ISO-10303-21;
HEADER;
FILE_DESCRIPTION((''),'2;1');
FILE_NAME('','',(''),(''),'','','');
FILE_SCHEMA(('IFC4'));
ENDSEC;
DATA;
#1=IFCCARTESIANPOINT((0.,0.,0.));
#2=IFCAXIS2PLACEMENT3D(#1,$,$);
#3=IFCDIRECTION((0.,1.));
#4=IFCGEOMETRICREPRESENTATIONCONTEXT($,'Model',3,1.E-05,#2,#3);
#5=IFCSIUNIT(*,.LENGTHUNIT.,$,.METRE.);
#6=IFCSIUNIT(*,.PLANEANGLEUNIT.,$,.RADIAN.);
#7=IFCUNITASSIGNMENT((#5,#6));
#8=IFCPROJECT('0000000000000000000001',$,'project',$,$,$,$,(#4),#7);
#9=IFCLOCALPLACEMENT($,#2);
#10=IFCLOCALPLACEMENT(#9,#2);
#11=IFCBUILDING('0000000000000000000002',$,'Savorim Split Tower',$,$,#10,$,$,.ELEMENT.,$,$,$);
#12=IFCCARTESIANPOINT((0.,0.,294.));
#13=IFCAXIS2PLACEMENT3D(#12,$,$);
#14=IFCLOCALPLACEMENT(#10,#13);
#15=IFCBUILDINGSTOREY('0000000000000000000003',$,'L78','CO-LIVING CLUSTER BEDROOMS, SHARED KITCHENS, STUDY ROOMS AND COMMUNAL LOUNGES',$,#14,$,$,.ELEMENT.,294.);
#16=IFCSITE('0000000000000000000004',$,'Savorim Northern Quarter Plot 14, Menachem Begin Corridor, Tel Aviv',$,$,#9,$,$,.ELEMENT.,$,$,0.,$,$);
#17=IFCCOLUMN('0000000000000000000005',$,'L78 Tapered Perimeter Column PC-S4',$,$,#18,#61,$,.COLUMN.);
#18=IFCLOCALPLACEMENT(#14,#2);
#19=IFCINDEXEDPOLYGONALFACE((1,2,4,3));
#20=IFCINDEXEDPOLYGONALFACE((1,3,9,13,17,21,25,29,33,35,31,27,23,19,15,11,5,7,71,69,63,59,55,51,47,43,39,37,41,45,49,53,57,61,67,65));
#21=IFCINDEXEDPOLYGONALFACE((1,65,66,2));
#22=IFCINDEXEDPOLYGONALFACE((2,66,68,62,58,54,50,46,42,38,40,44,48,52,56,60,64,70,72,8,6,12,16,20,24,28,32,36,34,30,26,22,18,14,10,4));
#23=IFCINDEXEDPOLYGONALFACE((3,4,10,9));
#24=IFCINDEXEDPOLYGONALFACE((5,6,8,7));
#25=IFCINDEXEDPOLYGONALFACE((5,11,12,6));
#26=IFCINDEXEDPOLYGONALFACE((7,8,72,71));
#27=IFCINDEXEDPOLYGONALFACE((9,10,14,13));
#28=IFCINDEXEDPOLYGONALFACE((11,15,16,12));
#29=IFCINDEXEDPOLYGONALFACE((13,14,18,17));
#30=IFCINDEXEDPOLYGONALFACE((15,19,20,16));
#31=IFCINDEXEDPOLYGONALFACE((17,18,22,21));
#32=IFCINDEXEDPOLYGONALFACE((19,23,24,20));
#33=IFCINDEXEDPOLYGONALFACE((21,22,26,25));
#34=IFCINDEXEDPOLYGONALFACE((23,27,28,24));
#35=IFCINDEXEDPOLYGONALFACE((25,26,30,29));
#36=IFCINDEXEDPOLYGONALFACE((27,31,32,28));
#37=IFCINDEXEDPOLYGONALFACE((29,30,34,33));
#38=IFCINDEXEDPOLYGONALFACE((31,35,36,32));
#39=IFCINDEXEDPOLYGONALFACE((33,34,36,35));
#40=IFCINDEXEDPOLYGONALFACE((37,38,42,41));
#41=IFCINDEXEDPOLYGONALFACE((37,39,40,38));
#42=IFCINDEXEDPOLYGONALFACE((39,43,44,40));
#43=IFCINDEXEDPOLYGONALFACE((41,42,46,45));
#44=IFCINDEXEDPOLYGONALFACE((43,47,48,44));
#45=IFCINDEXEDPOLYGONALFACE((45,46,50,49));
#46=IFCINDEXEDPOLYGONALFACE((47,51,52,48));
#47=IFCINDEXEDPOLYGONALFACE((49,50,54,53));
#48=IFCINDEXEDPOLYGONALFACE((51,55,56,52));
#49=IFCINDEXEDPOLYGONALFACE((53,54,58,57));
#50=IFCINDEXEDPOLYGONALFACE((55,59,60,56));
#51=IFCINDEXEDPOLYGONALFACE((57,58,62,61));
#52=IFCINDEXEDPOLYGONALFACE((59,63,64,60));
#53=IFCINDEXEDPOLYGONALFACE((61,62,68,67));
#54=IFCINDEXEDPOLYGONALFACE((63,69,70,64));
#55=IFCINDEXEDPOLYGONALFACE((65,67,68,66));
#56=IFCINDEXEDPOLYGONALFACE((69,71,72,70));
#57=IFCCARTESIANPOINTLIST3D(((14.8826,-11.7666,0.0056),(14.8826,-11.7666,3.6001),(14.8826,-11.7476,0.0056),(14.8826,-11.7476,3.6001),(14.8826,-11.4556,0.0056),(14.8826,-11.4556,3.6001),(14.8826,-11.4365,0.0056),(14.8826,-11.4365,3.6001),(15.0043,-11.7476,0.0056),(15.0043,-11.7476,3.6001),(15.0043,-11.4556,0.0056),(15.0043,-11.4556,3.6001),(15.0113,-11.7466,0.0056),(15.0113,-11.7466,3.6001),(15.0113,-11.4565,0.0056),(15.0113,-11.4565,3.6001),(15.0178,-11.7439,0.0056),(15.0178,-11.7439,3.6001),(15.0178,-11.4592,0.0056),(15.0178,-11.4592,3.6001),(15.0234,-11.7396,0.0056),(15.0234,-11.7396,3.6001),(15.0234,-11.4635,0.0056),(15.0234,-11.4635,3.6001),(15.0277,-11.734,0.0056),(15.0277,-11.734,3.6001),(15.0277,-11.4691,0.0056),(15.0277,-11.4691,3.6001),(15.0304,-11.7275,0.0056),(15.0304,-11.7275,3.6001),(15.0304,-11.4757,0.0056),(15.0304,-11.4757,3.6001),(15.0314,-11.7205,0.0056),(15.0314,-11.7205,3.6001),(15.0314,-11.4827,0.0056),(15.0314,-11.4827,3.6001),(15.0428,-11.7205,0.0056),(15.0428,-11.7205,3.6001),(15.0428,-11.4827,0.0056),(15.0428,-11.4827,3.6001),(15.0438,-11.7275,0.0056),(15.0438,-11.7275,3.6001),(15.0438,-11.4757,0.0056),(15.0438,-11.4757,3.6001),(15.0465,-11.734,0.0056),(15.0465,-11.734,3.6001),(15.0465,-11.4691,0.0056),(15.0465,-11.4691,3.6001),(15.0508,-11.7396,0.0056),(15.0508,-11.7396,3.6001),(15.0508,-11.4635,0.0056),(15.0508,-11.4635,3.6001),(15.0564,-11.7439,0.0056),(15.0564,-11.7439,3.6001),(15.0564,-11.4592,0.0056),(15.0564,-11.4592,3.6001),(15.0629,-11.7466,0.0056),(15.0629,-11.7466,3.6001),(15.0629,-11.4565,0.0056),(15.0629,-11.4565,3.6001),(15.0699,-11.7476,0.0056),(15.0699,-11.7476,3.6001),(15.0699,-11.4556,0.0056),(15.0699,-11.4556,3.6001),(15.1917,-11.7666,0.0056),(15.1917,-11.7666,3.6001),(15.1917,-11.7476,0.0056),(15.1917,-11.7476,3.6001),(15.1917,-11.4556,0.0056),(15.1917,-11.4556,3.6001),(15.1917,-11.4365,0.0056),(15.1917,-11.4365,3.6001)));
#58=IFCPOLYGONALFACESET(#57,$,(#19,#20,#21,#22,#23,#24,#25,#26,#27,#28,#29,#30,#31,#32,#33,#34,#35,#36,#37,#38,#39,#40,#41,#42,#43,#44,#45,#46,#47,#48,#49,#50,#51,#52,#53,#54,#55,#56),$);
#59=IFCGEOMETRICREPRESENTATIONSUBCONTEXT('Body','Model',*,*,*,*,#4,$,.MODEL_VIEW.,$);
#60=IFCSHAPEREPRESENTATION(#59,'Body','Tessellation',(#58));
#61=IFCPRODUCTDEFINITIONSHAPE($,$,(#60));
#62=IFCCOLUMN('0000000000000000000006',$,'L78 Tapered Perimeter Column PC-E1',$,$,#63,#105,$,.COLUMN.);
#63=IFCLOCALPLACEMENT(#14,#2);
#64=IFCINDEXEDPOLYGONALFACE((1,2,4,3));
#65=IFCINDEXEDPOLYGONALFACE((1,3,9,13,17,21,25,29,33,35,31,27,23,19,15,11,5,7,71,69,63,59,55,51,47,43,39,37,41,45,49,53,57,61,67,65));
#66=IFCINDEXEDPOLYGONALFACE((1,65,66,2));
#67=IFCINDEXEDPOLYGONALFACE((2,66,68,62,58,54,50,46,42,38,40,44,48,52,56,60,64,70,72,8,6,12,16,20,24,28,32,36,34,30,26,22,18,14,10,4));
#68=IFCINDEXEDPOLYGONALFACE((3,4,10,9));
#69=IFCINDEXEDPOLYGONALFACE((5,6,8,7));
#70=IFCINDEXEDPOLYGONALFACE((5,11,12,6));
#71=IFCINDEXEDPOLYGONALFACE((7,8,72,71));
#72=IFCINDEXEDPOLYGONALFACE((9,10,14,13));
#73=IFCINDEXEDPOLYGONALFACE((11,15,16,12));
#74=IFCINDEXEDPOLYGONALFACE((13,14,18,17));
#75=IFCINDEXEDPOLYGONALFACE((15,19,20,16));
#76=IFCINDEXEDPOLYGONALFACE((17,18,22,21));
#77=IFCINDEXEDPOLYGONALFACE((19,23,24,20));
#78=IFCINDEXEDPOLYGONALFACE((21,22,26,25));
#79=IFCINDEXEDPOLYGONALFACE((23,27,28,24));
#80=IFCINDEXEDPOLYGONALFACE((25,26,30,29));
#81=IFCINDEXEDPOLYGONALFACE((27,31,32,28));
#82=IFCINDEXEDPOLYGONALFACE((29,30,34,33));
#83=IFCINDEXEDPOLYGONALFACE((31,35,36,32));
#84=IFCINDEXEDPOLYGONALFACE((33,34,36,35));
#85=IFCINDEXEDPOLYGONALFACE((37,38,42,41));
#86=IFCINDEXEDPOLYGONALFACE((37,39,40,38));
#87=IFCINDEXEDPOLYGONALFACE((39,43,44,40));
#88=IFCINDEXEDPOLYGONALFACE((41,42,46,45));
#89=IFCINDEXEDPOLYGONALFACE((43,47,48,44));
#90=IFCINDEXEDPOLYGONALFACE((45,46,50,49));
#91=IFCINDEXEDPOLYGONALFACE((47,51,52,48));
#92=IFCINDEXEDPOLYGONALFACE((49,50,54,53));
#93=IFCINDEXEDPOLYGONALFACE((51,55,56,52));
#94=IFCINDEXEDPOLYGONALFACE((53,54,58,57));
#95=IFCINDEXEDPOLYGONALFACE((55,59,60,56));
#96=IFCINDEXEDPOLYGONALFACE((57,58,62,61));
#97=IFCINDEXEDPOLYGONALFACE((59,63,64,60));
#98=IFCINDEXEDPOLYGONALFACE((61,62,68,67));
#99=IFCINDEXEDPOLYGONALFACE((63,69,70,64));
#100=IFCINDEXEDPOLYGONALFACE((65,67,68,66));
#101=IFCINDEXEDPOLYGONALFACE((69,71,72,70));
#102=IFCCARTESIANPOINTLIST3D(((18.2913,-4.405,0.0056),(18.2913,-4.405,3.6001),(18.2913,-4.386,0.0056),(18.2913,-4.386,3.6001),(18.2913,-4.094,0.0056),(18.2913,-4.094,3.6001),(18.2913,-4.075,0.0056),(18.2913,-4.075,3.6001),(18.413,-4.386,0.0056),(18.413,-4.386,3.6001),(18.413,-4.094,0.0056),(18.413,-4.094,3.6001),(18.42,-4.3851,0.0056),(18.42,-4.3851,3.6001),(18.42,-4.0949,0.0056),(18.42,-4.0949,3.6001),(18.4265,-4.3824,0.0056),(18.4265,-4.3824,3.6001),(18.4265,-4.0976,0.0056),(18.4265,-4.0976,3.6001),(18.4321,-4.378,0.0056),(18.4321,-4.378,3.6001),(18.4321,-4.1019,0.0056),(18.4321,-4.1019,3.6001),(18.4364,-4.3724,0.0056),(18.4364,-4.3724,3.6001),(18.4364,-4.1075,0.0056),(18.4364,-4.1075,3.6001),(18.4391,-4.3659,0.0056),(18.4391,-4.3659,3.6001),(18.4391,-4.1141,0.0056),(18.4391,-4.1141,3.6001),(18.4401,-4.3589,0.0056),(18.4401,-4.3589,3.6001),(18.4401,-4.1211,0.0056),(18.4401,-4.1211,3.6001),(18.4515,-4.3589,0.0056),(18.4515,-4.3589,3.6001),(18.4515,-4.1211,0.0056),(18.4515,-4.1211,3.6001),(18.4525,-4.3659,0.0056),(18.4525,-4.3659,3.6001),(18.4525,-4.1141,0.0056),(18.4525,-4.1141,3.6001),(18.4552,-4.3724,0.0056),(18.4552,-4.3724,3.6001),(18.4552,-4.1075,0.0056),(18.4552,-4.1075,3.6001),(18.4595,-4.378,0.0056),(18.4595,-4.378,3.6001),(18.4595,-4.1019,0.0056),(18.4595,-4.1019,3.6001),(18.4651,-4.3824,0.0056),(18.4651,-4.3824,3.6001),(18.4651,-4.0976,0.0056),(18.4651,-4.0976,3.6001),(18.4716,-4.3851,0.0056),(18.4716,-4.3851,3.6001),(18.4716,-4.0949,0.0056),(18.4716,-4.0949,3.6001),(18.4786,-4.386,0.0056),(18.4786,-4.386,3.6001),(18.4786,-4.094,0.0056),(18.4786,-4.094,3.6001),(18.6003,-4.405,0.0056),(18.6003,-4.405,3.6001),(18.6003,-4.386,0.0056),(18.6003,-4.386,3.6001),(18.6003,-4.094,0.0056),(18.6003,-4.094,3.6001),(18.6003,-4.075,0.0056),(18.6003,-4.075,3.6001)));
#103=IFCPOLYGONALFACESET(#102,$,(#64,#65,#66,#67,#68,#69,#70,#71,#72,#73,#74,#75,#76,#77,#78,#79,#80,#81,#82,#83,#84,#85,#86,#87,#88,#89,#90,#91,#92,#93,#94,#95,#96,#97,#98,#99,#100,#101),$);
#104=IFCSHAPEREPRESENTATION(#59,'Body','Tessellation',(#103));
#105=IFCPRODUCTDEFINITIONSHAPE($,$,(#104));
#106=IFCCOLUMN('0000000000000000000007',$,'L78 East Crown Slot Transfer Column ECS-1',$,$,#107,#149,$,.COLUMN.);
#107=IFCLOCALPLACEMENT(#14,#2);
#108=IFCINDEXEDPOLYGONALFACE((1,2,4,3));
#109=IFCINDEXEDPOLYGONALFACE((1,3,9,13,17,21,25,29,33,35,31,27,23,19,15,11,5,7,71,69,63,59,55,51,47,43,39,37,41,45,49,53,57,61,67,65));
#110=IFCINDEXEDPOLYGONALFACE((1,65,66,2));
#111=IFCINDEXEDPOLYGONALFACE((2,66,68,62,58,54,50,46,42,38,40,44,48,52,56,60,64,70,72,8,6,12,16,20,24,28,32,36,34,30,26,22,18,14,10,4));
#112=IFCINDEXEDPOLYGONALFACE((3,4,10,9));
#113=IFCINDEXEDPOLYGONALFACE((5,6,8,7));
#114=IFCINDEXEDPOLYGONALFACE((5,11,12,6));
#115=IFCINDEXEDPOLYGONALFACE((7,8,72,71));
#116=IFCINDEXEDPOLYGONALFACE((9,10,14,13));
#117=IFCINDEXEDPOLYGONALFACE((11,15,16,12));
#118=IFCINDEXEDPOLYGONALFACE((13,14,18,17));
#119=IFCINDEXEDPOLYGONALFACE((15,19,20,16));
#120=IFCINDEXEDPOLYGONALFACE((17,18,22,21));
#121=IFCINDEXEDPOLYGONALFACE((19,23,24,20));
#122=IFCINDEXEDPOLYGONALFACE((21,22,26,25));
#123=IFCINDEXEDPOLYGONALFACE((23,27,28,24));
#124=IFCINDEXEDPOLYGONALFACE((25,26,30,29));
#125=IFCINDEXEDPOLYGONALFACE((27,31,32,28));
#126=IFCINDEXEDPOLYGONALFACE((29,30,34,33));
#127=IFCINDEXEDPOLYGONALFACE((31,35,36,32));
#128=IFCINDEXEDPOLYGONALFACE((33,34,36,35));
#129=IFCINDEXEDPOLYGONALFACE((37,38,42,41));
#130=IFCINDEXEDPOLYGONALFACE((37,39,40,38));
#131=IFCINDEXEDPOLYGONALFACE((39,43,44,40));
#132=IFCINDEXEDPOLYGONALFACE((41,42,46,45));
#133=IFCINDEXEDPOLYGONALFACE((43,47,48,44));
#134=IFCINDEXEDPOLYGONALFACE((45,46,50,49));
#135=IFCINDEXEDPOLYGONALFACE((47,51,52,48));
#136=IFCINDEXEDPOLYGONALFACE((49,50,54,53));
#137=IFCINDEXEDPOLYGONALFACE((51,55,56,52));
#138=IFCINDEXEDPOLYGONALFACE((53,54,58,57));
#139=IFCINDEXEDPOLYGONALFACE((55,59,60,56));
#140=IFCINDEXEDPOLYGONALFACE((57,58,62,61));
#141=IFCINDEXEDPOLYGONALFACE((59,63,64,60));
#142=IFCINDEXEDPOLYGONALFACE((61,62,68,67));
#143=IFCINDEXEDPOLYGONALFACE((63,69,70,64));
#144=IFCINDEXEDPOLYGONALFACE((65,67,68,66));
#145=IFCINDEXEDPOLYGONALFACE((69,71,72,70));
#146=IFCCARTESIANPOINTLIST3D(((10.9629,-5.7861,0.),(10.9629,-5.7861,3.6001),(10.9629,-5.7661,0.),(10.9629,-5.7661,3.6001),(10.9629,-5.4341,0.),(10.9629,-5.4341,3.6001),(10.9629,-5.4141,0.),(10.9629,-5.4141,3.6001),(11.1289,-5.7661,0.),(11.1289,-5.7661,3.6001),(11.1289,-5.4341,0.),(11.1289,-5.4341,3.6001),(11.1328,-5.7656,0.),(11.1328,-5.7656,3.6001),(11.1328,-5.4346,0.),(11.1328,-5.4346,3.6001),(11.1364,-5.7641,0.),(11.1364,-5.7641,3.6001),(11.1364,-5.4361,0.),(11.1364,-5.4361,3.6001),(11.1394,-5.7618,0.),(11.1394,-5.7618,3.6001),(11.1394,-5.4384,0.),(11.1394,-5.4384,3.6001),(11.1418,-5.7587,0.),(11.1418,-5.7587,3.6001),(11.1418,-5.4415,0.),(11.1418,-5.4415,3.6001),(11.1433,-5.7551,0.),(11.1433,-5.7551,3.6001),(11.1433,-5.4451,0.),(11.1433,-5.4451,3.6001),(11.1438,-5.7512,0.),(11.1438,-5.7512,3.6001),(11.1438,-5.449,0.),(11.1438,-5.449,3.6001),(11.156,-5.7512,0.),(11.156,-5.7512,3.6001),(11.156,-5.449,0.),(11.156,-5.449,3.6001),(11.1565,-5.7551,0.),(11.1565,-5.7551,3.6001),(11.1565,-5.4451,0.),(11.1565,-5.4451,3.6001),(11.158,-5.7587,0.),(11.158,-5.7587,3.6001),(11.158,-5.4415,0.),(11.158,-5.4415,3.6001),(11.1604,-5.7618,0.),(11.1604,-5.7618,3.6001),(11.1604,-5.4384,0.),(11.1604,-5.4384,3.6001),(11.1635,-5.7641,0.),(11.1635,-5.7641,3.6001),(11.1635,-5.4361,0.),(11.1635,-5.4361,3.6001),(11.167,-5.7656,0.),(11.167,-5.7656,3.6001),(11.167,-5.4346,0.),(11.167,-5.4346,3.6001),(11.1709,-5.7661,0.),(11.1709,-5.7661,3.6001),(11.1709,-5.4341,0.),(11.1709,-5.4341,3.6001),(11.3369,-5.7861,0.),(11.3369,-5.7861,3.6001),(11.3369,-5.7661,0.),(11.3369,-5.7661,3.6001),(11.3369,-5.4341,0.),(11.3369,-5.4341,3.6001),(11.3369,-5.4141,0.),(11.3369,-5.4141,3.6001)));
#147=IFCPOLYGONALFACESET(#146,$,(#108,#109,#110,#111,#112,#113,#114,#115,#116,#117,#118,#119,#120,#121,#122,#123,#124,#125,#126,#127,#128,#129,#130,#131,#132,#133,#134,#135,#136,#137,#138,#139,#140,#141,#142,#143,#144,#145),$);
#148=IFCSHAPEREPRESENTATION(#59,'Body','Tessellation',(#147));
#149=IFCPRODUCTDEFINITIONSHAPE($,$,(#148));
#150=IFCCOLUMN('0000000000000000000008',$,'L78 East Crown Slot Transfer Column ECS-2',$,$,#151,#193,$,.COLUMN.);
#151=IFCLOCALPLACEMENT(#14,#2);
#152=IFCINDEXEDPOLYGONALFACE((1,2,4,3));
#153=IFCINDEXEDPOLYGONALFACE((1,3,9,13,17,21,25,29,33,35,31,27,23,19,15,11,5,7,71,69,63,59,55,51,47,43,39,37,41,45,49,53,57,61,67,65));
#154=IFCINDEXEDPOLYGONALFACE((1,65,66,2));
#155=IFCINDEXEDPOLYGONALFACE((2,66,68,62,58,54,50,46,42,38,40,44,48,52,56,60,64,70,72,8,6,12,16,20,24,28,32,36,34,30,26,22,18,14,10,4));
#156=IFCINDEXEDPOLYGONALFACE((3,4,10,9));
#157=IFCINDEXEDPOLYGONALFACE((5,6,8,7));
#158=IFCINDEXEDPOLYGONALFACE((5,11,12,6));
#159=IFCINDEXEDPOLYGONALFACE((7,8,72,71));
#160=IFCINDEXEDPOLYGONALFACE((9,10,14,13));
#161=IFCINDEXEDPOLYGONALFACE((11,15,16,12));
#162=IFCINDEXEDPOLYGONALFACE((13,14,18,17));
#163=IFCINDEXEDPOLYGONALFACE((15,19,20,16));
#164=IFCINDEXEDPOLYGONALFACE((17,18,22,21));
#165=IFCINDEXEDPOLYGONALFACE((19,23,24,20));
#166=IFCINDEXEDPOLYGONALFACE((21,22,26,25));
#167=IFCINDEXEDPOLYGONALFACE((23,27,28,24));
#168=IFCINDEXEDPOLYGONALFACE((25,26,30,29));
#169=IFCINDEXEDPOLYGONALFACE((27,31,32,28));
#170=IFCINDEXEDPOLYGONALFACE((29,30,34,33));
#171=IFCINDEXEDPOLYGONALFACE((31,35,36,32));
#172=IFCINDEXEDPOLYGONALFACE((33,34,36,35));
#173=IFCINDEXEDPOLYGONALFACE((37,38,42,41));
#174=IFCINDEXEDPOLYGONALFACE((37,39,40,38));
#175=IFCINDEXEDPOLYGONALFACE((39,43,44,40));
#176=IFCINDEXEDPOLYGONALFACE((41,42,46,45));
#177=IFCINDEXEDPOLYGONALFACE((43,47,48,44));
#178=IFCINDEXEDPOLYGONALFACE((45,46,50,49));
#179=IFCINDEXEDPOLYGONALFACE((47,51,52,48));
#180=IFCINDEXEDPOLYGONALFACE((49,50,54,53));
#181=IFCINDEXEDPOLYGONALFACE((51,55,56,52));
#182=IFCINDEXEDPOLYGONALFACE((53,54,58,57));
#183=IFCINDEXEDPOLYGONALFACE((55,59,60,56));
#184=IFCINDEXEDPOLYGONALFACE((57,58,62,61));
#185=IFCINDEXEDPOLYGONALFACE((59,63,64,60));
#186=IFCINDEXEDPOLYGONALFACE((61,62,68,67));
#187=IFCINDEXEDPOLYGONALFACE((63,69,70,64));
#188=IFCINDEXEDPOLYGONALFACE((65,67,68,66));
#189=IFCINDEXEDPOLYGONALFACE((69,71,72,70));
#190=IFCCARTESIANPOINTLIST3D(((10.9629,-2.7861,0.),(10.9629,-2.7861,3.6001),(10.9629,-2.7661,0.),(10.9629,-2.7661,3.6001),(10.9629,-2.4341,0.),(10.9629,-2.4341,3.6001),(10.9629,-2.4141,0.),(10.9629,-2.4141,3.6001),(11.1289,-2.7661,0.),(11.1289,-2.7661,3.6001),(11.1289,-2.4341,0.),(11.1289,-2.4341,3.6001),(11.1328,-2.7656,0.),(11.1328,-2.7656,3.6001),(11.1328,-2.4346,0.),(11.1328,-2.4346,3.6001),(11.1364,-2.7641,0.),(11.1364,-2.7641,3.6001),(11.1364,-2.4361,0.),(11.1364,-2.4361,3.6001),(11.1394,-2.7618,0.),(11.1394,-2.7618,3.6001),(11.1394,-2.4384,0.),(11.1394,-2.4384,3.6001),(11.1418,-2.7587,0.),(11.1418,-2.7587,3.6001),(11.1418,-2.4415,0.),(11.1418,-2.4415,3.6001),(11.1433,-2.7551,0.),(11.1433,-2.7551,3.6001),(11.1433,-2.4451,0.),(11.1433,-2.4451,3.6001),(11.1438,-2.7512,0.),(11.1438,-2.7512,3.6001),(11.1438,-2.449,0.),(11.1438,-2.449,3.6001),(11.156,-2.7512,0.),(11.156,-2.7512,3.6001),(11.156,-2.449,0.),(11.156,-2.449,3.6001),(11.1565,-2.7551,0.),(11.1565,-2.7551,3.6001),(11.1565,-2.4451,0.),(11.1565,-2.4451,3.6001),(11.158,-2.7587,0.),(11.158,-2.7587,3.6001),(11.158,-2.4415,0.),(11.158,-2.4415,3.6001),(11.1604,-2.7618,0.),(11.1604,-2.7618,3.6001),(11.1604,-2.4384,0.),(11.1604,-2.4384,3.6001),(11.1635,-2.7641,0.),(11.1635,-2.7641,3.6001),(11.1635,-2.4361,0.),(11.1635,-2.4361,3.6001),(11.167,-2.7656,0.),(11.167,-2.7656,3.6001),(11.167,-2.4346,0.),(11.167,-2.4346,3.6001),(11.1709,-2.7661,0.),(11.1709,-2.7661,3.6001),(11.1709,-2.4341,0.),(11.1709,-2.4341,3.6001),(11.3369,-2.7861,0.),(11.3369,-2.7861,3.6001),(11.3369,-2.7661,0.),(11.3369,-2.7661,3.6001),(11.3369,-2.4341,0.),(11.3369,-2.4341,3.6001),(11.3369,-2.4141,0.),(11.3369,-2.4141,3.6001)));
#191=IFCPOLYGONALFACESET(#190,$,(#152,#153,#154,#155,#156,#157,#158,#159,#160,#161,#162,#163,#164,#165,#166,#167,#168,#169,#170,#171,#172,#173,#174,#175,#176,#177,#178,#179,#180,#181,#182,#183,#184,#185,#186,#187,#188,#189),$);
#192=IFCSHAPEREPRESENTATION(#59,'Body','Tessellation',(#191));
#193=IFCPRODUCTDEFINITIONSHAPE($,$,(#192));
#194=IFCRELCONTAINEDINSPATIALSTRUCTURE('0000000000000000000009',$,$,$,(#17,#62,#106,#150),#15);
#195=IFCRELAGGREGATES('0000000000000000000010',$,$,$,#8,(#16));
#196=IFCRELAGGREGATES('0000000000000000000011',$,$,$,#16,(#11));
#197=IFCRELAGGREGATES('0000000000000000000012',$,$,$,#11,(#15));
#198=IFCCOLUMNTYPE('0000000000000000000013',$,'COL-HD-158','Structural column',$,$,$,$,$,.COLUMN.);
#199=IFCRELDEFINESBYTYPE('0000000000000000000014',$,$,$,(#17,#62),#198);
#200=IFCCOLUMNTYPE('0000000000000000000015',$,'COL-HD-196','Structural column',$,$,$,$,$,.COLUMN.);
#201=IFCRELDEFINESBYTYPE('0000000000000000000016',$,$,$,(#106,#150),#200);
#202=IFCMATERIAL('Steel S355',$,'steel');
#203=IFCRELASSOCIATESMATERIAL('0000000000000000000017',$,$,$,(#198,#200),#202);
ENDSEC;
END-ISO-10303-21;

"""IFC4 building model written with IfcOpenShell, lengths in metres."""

from ifc_helpers import new_model, si_unit, direction, frame, origin, origin_2d, place, context, subcontext, project, spatial, i_section, extrude, material, material_profile, profile_set, type_object, element, save


model = new_model("IFC4")

# Units and contexts
model_context = context("Model", 3, precision=1e-05, world=origin(), true_north=direction((0.0, 1.0)))
body_context = subcontext(model_context, "Body", "Model", "MODEL_VIEW")
ifc_project = project(units=[si_unit("LENGTHUNIT", "METRE"), si_unit("PLANEANGLEUNIT", "RADIAN")], contexts=[model_context])

# Site, building, storey
site_placement = place(None, origin())
site = spatial("IfcSite", under=ifc_project, at=site_placement, Name="Savorim Northern Quarter Plot 14, Menachem Begin Corridor, Tel Aviv", CompositionType="ELEMENT", RefElevation=0.0)
building_placement = place(site_placement, origin())
building = spatial("IfcBuilding", under=site, at=building_placement, Name="Savorim Split Tower", CompositionType="ELEMENT")
storey_placement = place(building_placement, frame((0.0, 0.0, 294.0)))
storey = spatial("IfcBuildingStorey", under=building, at=storey_placement, Name="L78", Description="CO-LIVING CLUSTER BEDROOMS, SHARED KITCHENS, STUDY ROOMS AND COMMUNAL LOUNGES", CompositionType="ELEMENT", Elevation=294.0)

# Columns
ifc_material_1 = material(Name="Steel S355", Category="steel")
ifc_material_profile_1 = material_profile(ifc_material_1, i_section(OverallWidth=0.3091, OverallDepth=0.3301, WebThickness=0.0115, FlangeThickness=0.019, FilletRadius=0.0271, at=origin_2d()), Name="HD 320x158")
ifc_profile_set_1 = profile_set([ifc_material_profile_1], Name="Steel S355")
column_type_1 = type_object("IfcColumnType", Name="COL-HD-158", Description="Structural column", PredefinedType="COLUMN", material=ifc_profile_set_1)
for number, where, z_axis, x_axis, name in (
    (1, (15.0371, -11.6016, 0.0056), (0.0, 0.0, 1.0), (1.0, 0.0, 0.0), "L78 Tapered Perimeter Column PC-S4"),
    (2, (18.4458, -4.24, 0.0056), (0.0, 0.0, 1.0), (1.0, 0.0, 0.0), "L78 Tapered Perimeter Column PC-E1"),
):
    element("IfcColumn", number, at=place(storey_placement, frame(where, z_axis=z_axis, x_axis=x_axis)), inside=storey, type_object=column_type_1, Name=name, PredefinedType="COLUMN", context=body_context, shape_type="SweptSolid", body=[
        extrude(i_section(OverallWidth=0.3091, OverallDepth=0.3301, WebThickness=0.0115, FlangeThickness=0.019, FilletRadius=0.0271, at=origin_2d()), origin(), (0.0, 0.0, 1.0), 3.5945),
    ])
ifc_material_profile_2 = material_profile(ifc_material_1, i_section(OverallWidth=0.374, OverallDepth=0.3721, WebThickness=0.0122, FlangeThickness=0.02, FilletRadius=0.0149, at=origin_2d()), Name="HD 360x196")
ifc_profile_set_2 = profile_set([ifc_material_profile_2], Name="Steel S355")
column_type_2 = type_object("IfcColumnType", Name="COL-HD-196", Description="Structural column", PredefinedType="COLUMN", material=ifc_profile_set_2)
for number, where, z_axis, x_axis, name in (
    (3, (11.1499, -5.6001, 0.0), (0.0, 0.0, 1.0), (1.0, 0.0, 0.0), "L78 East Crown Slot Transfer Column ECS-1"),
    (4, (11.1499, -2.6001, 0.0), (0.0, 0.0, 1.0), (1.0, 0.0, 0.0), "L78 East Crown Slot Transfer Column ECS-2"),
):
    element("IfcColumn", number, at=place(storey_placement, frame(where, z_axis=z_axis, x_axis=x_axis)), inside=storey, type_object=column_type_2, Name=name, PredefinedType="COLUMN", context=body_context, shape_type="SweptSolid", body=[
        extrude(i_section(OverallWidth=0.374, OverallDepth=0.3721, WebThickness=0.0122, FlangeThickness=0.02, FilletRadius=0.0149, at=origin_2d()), origin(), (0.0, 0.0, 1.0), 3.6001),
    ])

save(model, "model.ifc")
